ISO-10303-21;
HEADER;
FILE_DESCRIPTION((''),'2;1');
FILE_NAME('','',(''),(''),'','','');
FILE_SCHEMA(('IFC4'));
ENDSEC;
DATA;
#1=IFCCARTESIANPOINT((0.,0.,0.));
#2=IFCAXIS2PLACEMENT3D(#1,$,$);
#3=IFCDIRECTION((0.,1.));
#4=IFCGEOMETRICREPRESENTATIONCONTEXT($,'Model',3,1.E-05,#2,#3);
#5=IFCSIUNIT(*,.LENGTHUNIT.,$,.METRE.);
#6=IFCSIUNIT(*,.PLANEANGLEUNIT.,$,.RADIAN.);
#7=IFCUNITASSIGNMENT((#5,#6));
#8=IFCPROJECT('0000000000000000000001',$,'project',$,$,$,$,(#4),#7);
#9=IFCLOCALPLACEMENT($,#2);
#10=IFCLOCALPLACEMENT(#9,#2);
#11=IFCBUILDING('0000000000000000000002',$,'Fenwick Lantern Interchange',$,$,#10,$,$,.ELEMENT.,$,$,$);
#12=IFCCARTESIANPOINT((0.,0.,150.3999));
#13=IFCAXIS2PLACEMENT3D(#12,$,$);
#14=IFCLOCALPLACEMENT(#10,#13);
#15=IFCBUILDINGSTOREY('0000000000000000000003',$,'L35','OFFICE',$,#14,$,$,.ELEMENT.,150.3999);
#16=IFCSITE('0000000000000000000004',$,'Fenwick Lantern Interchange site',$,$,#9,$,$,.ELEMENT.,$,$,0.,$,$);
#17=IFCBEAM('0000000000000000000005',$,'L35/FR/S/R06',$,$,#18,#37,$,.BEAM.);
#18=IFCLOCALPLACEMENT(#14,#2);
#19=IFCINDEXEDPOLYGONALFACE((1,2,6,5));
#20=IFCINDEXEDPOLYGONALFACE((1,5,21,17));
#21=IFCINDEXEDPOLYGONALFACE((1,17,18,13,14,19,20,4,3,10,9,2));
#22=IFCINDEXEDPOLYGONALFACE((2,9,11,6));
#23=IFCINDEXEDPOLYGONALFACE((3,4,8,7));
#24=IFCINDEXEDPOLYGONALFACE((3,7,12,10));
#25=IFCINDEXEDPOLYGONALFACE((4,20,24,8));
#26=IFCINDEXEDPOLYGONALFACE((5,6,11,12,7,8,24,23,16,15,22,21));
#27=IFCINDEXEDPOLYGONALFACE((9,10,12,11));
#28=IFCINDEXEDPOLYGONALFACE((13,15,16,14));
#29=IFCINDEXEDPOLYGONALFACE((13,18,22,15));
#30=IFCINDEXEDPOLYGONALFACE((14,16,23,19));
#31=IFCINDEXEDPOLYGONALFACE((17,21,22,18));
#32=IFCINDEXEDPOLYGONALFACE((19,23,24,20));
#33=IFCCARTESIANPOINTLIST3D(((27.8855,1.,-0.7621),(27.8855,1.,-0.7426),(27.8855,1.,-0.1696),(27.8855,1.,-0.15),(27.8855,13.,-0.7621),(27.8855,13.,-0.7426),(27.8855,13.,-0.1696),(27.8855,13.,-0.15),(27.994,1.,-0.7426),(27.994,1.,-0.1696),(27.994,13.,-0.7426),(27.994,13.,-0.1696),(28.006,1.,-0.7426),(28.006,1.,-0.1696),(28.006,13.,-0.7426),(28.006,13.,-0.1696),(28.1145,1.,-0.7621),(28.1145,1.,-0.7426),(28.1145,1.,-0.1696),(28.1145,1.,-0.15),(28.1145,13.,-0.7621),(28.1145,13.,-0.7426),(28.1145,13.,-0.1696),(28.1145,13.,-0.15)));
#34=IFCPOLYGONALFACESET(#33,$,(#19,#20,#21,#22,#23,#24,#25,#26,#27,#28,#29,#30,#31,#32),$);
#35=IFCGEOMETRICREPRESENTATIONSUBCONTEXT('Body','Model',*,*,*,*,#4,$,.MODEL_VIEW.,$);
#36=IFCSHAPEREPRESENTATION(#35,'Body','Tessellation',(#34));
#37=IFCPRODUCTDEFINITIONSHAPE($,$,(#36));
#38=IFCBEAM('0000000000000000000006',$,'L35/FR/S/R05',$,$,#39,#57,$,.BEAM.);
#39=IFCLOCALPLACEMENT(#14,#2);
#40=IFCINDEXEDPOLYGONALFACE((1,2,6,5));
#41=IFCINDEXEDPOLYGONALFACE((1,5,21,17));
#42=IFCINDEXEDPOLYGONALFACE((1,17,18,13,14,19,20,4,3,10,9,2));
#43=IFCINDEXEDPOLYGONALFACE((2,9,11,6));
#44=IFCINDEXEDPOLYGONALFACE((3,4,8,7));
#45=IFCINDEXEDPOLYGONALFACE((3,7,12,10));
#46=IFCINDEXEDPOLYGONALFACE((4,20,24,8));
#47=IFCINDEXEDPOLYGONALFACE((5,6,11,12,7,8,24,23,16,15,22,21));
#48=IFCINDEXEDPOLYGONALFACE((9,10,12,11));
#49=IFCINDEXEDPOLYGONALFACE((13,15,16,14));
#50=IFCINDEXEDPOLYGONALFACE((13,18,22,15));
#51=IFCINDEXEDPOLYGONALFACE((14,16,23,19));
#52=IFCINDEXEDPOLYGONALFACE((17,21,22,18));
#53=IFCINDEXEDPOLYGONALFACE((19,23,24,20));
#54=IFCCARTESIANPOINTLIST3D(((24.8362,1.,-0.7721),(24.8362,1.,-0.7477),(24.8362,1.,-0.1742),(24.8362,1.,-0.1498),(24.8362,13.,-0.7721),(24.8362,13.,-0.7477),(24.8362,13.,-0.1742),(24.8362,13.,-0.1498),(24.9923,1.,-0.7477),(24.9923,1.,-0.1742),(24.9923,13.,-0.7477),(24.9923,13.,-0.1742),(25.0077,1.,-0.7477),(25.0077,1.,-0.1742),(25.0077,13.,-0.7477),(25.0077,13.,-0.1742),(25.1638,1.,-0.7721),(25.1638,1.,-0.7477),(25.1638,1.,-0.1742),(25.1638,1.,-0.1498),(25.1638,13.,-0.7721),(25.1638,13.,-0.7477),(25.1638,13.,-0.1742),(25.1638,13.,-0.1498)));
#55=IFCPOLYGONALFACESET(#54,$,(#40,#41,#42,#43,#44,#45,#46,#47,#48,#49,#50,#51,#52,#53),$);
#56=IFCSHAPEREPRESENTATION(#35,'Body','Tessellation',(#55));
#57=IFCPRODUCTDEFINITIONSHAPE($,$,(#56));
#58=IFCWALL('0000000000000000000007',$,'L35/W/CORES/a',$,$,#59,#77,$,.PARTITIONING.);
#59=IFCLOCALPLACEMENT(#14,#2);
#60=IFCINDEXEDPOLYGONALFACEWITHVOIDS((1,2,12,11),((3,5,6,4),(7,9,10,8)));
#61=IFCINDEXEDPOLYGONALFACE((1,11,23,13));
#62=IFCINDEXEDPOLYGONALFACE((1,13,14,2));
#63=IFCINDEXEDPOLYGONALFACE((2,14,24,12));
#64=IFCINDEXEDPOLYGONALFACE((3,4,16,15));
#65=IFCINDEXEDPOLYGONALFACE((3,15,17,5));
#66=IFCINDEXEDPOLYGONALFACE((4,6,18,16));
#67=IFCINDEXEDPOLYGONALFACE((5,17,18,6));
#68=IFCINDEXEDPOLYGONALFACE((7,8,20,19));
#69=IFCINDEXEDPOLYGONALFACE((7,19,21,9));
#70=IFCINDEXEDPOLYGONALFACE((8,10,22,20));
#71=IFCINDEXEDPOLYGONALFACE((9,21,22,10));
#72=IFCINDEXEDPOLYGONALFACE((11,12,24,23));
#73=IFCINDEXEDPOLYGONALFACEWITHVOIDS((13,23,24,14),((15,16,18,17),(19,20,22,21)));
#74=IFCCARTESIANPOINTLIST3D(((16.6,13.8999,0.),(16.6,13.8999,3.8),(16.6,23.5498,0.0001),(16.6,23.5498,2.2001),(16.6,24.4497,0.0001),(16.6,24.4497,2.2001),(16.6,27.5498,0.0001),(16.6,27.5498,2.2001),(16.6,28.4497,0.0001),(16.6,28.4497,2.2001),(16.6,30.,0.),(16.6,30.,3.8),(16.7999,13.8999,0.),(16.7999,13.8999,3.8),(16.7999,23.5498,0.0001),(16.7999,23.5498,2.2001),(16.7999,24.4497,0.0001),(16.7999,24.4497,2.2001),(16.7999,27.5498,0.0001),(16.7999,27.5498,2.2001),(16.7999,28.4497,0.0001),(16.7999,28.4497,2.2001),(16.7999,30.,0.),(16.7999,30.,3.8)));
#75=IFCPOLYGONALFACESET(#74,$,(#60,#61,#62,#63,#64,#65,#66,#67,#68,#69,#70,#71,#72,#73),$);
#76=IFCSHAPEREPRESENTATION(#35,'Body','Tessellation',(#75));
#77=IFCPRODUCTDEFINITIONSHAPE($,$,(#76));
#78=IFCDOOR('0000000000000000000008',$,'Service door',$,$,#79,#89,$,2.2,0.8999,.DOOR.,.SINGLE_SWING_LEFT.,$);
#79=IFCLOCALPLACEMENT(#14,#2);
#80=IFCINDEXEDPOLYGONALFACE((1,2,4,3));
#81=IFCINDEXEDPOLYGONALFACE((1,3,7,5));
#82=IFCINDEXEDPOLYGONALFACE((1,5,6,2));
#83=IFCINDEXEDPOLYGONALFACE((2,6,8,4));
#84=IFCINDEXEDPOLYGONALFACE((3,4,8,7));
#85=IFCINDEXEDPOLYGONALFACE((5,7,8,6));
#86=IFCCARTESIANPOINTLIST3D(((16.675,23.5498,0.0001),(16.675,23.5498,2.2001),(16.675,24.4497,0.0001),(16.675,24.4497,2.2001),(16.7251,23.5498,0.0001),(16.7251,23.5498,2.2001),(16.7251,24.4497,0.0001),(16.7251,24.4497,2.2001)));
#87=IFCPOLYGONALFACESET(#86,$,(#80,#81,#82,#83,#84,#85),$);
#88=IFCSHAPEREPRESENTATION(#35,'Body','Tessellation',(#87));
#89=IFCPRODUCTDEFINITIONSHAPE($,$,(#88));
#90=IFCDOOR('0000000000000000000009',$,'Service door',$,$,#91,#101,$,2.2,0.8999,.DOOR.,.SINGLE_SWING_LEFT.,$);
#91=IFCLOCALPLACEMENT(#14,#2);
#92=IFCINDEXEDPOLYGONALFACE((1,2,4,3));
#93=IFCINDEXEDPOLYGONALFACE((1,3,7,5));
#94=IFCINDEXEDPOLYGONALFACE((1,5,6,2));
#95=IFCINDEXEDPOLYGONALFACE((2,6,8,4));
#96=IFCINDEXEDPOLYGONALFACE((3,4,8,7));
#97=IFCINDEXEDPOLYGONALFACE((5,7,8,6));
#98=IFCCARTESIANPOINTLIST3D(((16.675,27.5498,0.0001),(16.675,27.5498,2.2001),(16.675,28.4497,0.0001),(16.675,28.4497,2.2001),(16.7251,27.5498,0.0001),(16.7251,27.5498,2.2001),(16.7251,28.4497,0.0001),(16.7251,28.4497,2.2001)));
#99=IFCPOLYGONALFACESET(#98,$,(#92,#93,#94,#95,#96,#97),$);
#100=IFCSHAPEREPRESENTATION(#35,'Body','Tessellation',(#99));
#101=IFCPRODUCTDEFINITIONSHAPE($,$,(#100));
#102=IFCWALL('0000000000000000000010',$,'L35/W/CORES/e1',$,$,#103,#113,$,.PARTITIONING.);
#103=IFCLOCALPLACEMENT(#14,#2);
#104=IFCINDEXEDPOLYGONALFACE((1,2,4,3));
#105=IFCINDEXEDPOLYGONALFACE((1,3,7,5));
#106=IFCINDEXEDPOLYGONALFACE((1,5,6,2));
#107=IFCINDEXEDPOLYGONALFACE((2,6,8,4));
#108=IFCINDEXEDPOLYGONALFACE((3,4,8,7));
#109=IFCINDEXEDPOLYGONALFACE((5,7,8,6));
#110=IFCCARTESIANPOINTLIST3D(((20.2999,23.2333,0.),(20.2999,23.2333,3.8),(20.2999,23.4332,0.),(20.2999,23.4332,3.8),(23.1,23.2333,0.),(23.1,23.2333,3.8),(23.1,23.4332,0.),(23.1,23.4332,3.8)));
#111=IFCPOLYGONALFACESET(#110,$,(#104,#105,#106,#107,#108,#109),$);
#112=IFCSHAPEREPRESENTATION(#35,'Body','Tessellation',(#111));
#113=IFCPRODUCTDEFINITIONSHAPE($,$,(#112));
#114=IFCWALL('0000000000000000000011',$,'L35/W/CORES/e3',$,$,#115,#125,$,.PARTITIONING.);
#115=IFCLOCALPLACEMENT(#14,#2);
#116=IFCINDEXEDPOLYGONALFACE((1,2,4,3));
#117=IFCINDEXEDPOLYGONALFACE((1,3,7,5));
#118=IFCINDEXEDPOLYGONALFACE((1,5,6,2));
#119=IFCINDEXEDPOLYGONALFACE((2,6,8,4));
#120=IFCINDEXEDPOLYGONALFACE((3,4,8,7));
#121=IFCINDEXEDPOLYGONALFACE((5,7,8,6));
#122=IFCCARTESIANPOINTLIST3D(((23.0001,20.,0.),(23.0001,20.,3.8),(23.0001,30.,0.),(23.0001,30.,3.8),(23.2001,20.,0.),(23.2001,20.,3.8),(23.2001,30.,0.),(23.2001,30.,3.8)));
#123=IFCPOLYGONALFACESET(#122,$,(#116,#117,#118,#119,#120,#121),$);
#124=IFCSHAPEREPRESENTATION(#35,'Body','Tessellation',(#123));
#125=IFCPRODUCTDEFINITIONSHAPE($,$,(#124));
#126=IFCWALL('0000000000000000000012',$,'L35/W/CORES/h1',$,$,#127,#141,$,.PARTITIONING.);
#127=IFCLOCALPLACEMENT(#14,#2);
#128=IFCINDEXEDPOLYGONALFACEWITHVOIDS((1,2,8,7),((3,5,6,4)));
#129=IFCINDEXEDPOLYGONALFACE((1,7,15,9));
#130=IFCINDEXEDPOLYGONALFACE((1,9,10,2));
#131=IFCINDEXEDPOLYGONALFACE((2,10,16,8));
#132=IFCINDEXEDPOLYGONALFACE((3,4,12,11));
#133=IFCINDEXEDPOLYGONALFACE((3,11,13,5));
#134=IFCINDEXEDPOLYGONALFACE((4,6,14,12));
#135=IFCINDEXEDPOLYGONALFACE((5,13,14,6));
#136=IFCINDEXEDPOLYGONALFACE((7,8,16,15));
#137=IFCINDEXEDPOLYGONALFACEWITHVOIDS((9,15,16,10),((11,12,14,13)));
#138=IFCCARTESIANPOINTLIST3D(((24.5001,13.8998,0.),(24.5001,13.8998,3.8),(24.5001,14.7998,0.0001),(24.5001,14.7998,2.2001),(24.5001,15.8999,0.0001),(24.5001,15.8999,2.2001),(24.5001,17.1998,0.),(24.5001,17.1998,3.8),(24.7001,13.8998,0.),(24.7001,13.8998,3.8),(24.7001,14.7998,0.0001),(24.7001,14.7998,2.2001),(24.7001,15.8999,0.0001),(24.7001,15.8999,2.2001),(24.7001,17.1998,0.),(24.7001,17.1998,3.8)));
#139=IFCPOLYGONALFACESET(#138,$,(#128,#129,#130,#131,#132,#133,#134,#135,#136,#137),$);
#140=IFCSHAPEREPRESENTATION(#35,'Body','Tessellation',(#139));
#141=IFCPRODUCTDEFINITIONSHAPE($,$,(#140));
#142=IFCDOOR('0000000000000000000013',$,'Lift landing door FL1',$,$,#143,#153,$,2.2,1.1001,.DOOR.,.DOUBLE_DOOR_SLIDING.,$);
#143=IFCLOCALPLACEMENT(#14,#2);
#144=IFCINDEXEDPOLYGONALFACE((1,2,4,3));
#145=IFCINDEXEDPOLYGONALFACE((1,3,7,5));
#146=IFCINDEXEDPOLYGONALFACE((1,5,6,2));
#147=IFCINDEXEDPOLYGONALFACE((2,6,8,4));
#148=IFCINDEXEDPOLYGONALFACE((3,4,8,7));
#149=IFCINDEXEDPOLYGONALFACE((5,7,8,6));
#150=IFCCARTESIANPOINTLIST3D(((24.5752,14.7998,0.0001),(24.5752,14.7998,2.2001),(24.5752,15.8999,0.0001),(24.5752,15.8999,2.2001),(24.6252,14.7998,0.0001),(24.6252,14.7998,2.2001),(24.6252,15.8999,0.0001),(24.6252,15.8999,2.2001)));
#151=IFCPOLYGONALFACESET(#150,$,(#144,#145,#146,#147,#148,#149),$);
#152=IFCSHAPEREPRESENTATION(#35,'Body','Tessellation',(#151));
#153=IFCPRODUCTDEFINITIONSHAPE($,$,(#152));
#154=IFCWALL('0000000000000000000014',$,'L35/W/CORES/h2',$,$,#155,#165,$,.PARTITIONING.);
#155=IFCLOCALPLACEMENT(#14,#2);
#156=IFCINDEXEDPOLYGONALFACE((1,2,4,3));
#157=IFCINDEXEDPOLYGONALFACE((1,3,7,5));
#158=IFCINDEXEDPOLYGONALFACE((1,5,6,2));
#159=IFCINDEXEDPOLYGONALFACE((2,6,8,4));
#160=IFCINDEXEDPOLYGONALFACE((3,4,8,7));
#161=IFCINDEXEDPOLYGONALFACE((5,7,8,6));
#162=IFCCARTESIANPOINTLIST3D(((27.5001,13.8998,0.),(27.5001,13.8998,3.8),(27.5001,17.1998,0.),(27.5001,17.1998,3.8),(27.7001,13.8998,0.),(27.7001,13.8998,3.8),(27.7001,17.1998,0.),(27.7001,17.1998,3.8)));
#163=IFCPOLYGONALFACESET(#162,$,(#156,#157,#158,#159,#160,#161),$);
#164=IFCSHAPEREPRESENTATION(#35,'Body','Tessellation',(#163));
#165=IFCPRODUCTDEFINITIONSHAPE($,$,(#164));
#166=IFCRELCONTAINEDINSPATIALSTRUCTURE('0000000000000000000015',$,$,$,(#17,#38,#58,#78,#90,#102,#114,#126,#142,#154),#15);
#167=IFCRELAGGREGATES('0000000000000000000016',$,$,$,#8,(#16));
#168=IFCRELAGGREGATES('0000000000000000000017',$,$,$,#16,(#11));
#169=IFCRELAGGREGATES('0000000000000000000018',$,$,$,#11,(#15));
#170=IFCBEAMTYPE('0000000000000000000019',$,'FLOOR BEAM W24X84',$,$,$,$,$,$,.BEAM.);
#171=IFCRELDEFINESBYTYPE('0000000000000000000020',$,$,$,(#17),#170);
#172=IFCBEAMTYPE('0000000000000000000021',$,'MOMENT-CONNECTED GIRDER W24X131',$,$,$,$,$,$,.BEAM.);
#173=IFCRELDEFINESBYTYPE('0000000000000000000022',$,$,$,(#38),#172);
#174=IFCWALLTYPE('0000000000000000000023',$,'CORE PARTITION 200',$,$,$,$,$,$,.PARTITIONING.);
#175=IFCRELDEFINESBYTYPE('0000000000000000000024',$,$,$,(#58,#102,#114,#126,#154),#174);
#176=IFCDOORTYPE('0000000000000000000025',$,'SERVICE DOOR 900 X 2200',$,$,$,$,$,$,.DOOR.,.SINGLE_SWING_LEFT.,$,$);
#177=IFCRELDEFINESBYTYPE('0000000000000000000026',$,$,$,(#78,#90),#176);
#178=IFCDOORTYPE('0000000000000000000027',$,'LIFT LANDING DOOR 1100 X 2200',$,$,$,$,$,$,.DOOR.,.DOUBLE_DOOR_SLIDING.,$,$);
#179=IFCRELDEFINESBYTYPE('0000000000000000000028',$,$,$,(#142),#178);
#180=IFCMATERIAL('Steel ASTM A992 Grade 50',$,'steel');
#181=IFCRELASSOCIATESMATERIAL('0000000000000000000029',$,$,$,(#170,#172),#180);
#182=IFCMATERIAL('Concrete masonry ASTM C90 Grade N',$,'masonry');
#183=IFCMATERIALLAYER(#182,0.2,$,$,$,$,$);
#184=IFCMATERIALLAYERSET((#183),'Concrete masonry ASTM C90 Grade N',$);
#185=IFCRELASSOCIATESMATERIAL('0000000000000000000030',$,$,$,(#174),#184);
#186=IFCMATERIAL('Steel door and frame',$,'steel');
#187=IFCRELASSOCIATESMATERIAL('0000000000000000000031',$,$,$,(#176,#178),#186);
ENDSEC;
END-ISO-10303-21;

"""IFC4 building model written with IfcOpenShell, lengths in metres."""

from ifc_helpers import new_model, si_unit, direction, frame, frame_2d, origin, origin_2d, place, context, subcontext, project, spatial, rectangle, i_section, extrude, material, layer, layer_set, material_profile, profile_set, type_object, element, fill, save


model = new_model("IFC4")

# Units and contexts
model_context = context("Model", 3, precision=1e-05, world=origin(), true_north=direction((0.0, 1.0)))
body_context = subcontext(model_context, "Body", "Model", "MODEL_VIEW")
ifc_project = project(units=[si_unit("LENGTHUNIT", "METRE"), si_unit("PLANEANGLEUNIT", "RADIAN")], contexts=[model_context])

# Site, building, storey
site_placement = place(None, origin())
site = spatial("IfcSite", under=ifc_project, at=site_placement, Name="Fenwick Lantern Interchange site", CompositionType="ELEMENT", RefElevation=0.0)
building_placement = place(site_placement, origin())
building = spatial("IfcBuilding", under=site, at=building_placement, Name="Fenwick Lantern Interchange", CompositionType="ELEMENT")
storey_placement = place(building_placement, frame((0.0, 0.0, 150.3999)))
storey = spatial("IfcBuildingStorey", under=building, at=storey_placement, Name="L35", Description="OFFICE", CompositionType="ELEMENT", Elevation=150.3999)

# Beams
ifc_material_1 = material(Name="Steel ASTM A992 Grade 50", Category="steel")
ifc_material_profile_1 = material_profile(ifc_material_1, i_section(OverallWidth=0.229, OverallDepth=0.6121, WebThickness=0.012, FlangeThickness=0.0195, at=origin_2d()), Name="W24X84")
ifc_profile_set_1 = profile_set([ifc_material_profile_1], Name="Steel ASTM A992 Grade 50")
beam_type_1 = type_object("IfcBeamType", Name="FLOOR BEAM W24X84", PredefinedType="BEAM", material=ifc_profile_set_1)
beam_1_placement = place(storey_placement, frame((28.0, 1.0, -0.4561), z_axis=(0.0, 1.0, 0.0), x_axis=(-1.0, 0.0, 0.0)))
element("IfcBeam", 1, at=beam_1_placement, inside=storey, type_object=beam_type_1, Name="L35/FR/S/R06", PredefinedType="BEAM", context=body_context, shape_type="SweptSolid", body=[
    extrude(i_section(OverallWidth=0.229, OverallDepth=0.6121, WebThickness=0.012, FlangeThickness=0.0195, at=origin_2d()), origin(), (0.0, 0.0, 1.0), 12.0),
])
ifc_material_profile_2 = material_profile(ifc_material_1, i_section(OverallWidth=0.3276, OverallDepth=0.6223, WebThickness=0.0154, FlangeThickness=0.0244, at=origin_2d()), Name="W24X131")
ifc_profile_set_2 = profile_set([ifc_material_profile_2], Name="Steel ASTM A992 Grade 50")
beam_type_2 = type_object("IfcBeamType", Name="MOMENT-CONNECTED GIRDER W24X131", PredefinedType="BEAM", material=ifc_profile_set_2)
beam_2_placement = place(storey_placement, frame((25.0, 1.0, -0.4609), z_axis=(0.0, 1.0, 0.0), x_axis=(-1.0, 0.0, 0.0)))
element("IfcBeam", 2, at=beam_2_placement, inside=storey, type_object=beam_type_2, Name="L35/FR/S/R05", PredefinedType="BEAM", context=body_context, shape_type="SweptSolid", body=[
    extrude(i_section(OverallWidth=0.3276, OverallDepth=0.6223, WebThickness=0.0154, FlangeThickness=0.0244, at=origin_2d()), origin(), (0.0, 0.0, 1.0), 12.0),
])

# Wall, openings, doors
ifc_material_2 = material(Name="Concrete masonry ASTM C90 Grade N", Category="masonry")
ifc_layer_1 = layer(ifc_material_2, 0.2)
ifc_layer_set_1 = layer_set([ifc_layer_1], Name="Concrete masonry ASTM C90 Grade N")
wall_type_1 = type_object("IfcWallType", Name="CORE PARTITION 200", PredefinedType="PARTITIONING", material=ifc_layer_set_1)
wall_1_placement = place(storey_placement, frame((16.7, 13.8999, 0.0), z_axis=(0.0, 0.0, 1.0), x_axis=(0.0, 1.0, 0.0)))
wall_1 = element("IfcWall", 3, at=wall_1_placement, inside=storey, type_object=wall_type_1, Name="L35/W/CORES/a", PredefinedType="PARTITIONING", context=body_context, shape_type="SweptSolid", body=[
    extrude(rectangle(XDim=16.1001, YDim=0.2, at=frame_2d((8.05, 0.0))), origin(), (0.0, 0.0, 1.0), 3.8),
])
opening_1_placement = place(wall_1_placement, frame((9.6499, 0.0, 0.0)))
opening_1 = element("IfcOpeningElement", 4, at=opening_1_placement, cuts=wall_1, PredefinedType="OPENING", context=body_context, shape_type="SweptSolid", body=[
    extrude(rectangle(XDim=0.8999, YDim=2.2, at=frame_2d((0.45, 1.1001))), frame((0.0, 0.1099, 0.0), z_axis=(0.0, -1.0, 0.0), x_axis=(1.0, 0.0, 0.0)), (0.0, 0.0, 1.0), 0.22),
])
opening_2_placement = place(wall_1_placement, frame((13.6499, 0.0, 0.0)))
opening_2 = element("IfcOpeningElement", 5, at=opening_2_placement, cuts=wall_1, PredefinedType="OPENING", context=body_context, shape_type="SweptSolid", body=[
    extrude(rectangle(XDim=0.8999, YDim=2.2, at=frame_2d((0.45, 1.1001))), frame((0.0, 0.1099, 0.0), z_axis=(0.0, -1.0, 0.0), x_axis=(1.0, 0.0, 0.0)), (0.0, 0.0, 1.0), 0.22),
])
ifc_material_3 = material(Name="Steel door and frame", Category="steel")
door_type_1 = type_object("IfcDoorType", Name="SERVICE DOOR 900 X 2200", OperationType="SINGLE_SWING_LEFT", PredefinedType="DOOR", material=ifc_material_3)
door_1_placement = place(opening_1_placement, origin())
door_1 = element("IfcDoor", 6, at=door_1_placement, inside=storey, type_object=door_type_1, Name="Service door", OperationType="SINGLE_SWING_LEFT", OverallHeight=2.2, OverallWidth=0.8999, PredefinedType="DOOR", context=body_context, shape_type="SweptSolid", body=[
    extrude(rectangle(XDim=0.8999, YDim=2.2, at=frame_2d((0.45, 1.1001))), frame((0.0, 0.0249, 0.0), z_axis=(0.0, -1.0, 0.0), x_axis=(1.0, 0.0, 0.0)), (0.0, 0.0, 1.0), 0.05),
])
fill(opening_1, door_1)
door_2_placement = place(opening_2_placement, origin())
door_2 = element("IfcDoor", 7, at=door_2_placement, inside=storey, type_object=door_type_1, Name="Service door", OperationType="SINGLE_SWING_LEFT", OverallHeight=2.2, OverallWidth=0.8999, PredefinedType="DOOR", context=body_context, shape_type="SweptSolid", body=[
    extrude(rectangle(XDim=0.8999, YDim=2.2, at=frame_2d((0.45, 1.1001))), frame((0.0, 0.0249, 0.0), z_axis=(0.0, -1.0, 0.0), x_axis=(1.0, 0.0, 0.0)), (0.0, 0.0, 1.0), 0.05),
])
fill(opening_2, door_2)

# Walls
wall_2_placement = place(storey_placement, frame((20.3, 23.3333, 0.0), z_axis=(0.0, 0.0, 1.0), x_axis=(1.0, 0.0, 0.0)))
element("IfcWall", 8, at=wall_2_placement, inside=storey, type_object=wall_type_1, Name="L35/W/CORES/e1", PredefinedType="PARTITIONING", context=body_context, shape_type="SweptSolid", body=[
    extrude(rectangle(XDim=2.8, YDim=0.2, at=frame_2d((1.3999, 0.0))), origin(), (0.0, 0.0, 1.0), 3.8),
])
wall_3_placement = place(storey_placement, frame((23.1001, 20.0, 0.0), z_axis=(0.0, 0.0, 1.0), x_axis=(0.0, 1.0, 0.0)))
element("IfcWall", 9, at=wall_3_placement, inside=storey, type_object=wall_type_1, Name="L35/W/CORES/e3", PredefinedType="PARTITIONING", context=body_context, shape_type="SweptSolid", body=[
    extrude(rectangle(XDim=10.0, YDim=0.2, at=frame_2d((5.0, 0.0))), origin(), (0.0, 0.0, 1.0), 3.8),
])

# Wall, opening, door
wall_4_placement = place(storey_placement, frame((24.6001, 13.8999, 0.0), z_axis=(0.0, 0.0, 1.0), x_axis=(0.0, 1.0, 0.0)))
wall_4 = element("IfcWall", 10, at=wall_4_placement, inside=storey, type_object=wall_type_1, Name="L35/W/CORES/h1", PredefinedType="PARTITIONING", context=body_context, shape_type="SweptSolid", body=[
    extrude(rectangle(XDim=3.3, YDim=0.2, at=frame_2d((1.6499, 0.0))), origin(), (0.0, 0.0, 1.0), 3.8),
])
opening_3_placement = place(wall_4_placement, frame((0.8999, 0.0, 0.0)))
opening_3 = element("IfcOpeningElement", 11, at=opening_3_placement, cuts=wall_4, PredefinedType="OPENING", context=body_context, shape_type="SweptSolid", body=[
    extrude(rectangle(XDim=1.1001, YDim=2.2, at=frame_2d((0.55, 1.1001))), frame((0.0, 0.1099, 0.0), z_axis=(0.0, -1.0, 0.0), x_axis=(1.0, 0.0, 0.0)), (0.0, 0.0, 1.0), 0.22),
])
door_type_2 = type_object("IfcDoorType", Name="LIFT LANDING DOOR 1100 X 2200", OperationType="DOUBLE_DOOR_SLIDING", PredefinedType="DOOR", material=ifc_material_3)
door_3_placement = place(opening_3_placement, origin())
door_3 = element("IfcDoor", 12, at=door_3_placement, inside=storey, type_object=door_type_2, Name="Lift landing door FL1", OperationType="DOUBLE_DOOR_SLIDING", OverallHeight=2.2, OverallWidth=1.1001, PredefinedType="DOOR", context=body_context, shape_type="SweptSolid", body=[
    extrude(rectangle(XDim=1.1001, YDim=2.2, at=frame_2d((0.55, 1.1001))), frame((0.0, 0.0249, 0.0), z_axis=(0.0, -1.0, 0.0), x_axis=(1.0, 0.0, 0.0)), (0.0, 0.0, 1.0), 0.05),
])
fill(opening_3, door_3)

# Wall
wall_5_placement = place(storey_placement, frame((27.6001, 13.8999, 0.0), z_axis=(0.0, 0.0, 1.0), x_axis=(0.0, 1.0, 0.0)))
element("IfcWall", 13, at=wall_5_placement, inside=storey, type_object=wall_type_1, Name="L35/W/CORES/h2", PredefinedType="PARTITIONING", context=body_context, shape_type="SweptSolid", body=[
    extrude(rectangle(XDim=3.3, YDim=0.2, at=frame_2d((1.6499, 0.0))), origin(), (0.0, 0.0, 1.0), 3.8),
])

save(model, "model.ifc")
